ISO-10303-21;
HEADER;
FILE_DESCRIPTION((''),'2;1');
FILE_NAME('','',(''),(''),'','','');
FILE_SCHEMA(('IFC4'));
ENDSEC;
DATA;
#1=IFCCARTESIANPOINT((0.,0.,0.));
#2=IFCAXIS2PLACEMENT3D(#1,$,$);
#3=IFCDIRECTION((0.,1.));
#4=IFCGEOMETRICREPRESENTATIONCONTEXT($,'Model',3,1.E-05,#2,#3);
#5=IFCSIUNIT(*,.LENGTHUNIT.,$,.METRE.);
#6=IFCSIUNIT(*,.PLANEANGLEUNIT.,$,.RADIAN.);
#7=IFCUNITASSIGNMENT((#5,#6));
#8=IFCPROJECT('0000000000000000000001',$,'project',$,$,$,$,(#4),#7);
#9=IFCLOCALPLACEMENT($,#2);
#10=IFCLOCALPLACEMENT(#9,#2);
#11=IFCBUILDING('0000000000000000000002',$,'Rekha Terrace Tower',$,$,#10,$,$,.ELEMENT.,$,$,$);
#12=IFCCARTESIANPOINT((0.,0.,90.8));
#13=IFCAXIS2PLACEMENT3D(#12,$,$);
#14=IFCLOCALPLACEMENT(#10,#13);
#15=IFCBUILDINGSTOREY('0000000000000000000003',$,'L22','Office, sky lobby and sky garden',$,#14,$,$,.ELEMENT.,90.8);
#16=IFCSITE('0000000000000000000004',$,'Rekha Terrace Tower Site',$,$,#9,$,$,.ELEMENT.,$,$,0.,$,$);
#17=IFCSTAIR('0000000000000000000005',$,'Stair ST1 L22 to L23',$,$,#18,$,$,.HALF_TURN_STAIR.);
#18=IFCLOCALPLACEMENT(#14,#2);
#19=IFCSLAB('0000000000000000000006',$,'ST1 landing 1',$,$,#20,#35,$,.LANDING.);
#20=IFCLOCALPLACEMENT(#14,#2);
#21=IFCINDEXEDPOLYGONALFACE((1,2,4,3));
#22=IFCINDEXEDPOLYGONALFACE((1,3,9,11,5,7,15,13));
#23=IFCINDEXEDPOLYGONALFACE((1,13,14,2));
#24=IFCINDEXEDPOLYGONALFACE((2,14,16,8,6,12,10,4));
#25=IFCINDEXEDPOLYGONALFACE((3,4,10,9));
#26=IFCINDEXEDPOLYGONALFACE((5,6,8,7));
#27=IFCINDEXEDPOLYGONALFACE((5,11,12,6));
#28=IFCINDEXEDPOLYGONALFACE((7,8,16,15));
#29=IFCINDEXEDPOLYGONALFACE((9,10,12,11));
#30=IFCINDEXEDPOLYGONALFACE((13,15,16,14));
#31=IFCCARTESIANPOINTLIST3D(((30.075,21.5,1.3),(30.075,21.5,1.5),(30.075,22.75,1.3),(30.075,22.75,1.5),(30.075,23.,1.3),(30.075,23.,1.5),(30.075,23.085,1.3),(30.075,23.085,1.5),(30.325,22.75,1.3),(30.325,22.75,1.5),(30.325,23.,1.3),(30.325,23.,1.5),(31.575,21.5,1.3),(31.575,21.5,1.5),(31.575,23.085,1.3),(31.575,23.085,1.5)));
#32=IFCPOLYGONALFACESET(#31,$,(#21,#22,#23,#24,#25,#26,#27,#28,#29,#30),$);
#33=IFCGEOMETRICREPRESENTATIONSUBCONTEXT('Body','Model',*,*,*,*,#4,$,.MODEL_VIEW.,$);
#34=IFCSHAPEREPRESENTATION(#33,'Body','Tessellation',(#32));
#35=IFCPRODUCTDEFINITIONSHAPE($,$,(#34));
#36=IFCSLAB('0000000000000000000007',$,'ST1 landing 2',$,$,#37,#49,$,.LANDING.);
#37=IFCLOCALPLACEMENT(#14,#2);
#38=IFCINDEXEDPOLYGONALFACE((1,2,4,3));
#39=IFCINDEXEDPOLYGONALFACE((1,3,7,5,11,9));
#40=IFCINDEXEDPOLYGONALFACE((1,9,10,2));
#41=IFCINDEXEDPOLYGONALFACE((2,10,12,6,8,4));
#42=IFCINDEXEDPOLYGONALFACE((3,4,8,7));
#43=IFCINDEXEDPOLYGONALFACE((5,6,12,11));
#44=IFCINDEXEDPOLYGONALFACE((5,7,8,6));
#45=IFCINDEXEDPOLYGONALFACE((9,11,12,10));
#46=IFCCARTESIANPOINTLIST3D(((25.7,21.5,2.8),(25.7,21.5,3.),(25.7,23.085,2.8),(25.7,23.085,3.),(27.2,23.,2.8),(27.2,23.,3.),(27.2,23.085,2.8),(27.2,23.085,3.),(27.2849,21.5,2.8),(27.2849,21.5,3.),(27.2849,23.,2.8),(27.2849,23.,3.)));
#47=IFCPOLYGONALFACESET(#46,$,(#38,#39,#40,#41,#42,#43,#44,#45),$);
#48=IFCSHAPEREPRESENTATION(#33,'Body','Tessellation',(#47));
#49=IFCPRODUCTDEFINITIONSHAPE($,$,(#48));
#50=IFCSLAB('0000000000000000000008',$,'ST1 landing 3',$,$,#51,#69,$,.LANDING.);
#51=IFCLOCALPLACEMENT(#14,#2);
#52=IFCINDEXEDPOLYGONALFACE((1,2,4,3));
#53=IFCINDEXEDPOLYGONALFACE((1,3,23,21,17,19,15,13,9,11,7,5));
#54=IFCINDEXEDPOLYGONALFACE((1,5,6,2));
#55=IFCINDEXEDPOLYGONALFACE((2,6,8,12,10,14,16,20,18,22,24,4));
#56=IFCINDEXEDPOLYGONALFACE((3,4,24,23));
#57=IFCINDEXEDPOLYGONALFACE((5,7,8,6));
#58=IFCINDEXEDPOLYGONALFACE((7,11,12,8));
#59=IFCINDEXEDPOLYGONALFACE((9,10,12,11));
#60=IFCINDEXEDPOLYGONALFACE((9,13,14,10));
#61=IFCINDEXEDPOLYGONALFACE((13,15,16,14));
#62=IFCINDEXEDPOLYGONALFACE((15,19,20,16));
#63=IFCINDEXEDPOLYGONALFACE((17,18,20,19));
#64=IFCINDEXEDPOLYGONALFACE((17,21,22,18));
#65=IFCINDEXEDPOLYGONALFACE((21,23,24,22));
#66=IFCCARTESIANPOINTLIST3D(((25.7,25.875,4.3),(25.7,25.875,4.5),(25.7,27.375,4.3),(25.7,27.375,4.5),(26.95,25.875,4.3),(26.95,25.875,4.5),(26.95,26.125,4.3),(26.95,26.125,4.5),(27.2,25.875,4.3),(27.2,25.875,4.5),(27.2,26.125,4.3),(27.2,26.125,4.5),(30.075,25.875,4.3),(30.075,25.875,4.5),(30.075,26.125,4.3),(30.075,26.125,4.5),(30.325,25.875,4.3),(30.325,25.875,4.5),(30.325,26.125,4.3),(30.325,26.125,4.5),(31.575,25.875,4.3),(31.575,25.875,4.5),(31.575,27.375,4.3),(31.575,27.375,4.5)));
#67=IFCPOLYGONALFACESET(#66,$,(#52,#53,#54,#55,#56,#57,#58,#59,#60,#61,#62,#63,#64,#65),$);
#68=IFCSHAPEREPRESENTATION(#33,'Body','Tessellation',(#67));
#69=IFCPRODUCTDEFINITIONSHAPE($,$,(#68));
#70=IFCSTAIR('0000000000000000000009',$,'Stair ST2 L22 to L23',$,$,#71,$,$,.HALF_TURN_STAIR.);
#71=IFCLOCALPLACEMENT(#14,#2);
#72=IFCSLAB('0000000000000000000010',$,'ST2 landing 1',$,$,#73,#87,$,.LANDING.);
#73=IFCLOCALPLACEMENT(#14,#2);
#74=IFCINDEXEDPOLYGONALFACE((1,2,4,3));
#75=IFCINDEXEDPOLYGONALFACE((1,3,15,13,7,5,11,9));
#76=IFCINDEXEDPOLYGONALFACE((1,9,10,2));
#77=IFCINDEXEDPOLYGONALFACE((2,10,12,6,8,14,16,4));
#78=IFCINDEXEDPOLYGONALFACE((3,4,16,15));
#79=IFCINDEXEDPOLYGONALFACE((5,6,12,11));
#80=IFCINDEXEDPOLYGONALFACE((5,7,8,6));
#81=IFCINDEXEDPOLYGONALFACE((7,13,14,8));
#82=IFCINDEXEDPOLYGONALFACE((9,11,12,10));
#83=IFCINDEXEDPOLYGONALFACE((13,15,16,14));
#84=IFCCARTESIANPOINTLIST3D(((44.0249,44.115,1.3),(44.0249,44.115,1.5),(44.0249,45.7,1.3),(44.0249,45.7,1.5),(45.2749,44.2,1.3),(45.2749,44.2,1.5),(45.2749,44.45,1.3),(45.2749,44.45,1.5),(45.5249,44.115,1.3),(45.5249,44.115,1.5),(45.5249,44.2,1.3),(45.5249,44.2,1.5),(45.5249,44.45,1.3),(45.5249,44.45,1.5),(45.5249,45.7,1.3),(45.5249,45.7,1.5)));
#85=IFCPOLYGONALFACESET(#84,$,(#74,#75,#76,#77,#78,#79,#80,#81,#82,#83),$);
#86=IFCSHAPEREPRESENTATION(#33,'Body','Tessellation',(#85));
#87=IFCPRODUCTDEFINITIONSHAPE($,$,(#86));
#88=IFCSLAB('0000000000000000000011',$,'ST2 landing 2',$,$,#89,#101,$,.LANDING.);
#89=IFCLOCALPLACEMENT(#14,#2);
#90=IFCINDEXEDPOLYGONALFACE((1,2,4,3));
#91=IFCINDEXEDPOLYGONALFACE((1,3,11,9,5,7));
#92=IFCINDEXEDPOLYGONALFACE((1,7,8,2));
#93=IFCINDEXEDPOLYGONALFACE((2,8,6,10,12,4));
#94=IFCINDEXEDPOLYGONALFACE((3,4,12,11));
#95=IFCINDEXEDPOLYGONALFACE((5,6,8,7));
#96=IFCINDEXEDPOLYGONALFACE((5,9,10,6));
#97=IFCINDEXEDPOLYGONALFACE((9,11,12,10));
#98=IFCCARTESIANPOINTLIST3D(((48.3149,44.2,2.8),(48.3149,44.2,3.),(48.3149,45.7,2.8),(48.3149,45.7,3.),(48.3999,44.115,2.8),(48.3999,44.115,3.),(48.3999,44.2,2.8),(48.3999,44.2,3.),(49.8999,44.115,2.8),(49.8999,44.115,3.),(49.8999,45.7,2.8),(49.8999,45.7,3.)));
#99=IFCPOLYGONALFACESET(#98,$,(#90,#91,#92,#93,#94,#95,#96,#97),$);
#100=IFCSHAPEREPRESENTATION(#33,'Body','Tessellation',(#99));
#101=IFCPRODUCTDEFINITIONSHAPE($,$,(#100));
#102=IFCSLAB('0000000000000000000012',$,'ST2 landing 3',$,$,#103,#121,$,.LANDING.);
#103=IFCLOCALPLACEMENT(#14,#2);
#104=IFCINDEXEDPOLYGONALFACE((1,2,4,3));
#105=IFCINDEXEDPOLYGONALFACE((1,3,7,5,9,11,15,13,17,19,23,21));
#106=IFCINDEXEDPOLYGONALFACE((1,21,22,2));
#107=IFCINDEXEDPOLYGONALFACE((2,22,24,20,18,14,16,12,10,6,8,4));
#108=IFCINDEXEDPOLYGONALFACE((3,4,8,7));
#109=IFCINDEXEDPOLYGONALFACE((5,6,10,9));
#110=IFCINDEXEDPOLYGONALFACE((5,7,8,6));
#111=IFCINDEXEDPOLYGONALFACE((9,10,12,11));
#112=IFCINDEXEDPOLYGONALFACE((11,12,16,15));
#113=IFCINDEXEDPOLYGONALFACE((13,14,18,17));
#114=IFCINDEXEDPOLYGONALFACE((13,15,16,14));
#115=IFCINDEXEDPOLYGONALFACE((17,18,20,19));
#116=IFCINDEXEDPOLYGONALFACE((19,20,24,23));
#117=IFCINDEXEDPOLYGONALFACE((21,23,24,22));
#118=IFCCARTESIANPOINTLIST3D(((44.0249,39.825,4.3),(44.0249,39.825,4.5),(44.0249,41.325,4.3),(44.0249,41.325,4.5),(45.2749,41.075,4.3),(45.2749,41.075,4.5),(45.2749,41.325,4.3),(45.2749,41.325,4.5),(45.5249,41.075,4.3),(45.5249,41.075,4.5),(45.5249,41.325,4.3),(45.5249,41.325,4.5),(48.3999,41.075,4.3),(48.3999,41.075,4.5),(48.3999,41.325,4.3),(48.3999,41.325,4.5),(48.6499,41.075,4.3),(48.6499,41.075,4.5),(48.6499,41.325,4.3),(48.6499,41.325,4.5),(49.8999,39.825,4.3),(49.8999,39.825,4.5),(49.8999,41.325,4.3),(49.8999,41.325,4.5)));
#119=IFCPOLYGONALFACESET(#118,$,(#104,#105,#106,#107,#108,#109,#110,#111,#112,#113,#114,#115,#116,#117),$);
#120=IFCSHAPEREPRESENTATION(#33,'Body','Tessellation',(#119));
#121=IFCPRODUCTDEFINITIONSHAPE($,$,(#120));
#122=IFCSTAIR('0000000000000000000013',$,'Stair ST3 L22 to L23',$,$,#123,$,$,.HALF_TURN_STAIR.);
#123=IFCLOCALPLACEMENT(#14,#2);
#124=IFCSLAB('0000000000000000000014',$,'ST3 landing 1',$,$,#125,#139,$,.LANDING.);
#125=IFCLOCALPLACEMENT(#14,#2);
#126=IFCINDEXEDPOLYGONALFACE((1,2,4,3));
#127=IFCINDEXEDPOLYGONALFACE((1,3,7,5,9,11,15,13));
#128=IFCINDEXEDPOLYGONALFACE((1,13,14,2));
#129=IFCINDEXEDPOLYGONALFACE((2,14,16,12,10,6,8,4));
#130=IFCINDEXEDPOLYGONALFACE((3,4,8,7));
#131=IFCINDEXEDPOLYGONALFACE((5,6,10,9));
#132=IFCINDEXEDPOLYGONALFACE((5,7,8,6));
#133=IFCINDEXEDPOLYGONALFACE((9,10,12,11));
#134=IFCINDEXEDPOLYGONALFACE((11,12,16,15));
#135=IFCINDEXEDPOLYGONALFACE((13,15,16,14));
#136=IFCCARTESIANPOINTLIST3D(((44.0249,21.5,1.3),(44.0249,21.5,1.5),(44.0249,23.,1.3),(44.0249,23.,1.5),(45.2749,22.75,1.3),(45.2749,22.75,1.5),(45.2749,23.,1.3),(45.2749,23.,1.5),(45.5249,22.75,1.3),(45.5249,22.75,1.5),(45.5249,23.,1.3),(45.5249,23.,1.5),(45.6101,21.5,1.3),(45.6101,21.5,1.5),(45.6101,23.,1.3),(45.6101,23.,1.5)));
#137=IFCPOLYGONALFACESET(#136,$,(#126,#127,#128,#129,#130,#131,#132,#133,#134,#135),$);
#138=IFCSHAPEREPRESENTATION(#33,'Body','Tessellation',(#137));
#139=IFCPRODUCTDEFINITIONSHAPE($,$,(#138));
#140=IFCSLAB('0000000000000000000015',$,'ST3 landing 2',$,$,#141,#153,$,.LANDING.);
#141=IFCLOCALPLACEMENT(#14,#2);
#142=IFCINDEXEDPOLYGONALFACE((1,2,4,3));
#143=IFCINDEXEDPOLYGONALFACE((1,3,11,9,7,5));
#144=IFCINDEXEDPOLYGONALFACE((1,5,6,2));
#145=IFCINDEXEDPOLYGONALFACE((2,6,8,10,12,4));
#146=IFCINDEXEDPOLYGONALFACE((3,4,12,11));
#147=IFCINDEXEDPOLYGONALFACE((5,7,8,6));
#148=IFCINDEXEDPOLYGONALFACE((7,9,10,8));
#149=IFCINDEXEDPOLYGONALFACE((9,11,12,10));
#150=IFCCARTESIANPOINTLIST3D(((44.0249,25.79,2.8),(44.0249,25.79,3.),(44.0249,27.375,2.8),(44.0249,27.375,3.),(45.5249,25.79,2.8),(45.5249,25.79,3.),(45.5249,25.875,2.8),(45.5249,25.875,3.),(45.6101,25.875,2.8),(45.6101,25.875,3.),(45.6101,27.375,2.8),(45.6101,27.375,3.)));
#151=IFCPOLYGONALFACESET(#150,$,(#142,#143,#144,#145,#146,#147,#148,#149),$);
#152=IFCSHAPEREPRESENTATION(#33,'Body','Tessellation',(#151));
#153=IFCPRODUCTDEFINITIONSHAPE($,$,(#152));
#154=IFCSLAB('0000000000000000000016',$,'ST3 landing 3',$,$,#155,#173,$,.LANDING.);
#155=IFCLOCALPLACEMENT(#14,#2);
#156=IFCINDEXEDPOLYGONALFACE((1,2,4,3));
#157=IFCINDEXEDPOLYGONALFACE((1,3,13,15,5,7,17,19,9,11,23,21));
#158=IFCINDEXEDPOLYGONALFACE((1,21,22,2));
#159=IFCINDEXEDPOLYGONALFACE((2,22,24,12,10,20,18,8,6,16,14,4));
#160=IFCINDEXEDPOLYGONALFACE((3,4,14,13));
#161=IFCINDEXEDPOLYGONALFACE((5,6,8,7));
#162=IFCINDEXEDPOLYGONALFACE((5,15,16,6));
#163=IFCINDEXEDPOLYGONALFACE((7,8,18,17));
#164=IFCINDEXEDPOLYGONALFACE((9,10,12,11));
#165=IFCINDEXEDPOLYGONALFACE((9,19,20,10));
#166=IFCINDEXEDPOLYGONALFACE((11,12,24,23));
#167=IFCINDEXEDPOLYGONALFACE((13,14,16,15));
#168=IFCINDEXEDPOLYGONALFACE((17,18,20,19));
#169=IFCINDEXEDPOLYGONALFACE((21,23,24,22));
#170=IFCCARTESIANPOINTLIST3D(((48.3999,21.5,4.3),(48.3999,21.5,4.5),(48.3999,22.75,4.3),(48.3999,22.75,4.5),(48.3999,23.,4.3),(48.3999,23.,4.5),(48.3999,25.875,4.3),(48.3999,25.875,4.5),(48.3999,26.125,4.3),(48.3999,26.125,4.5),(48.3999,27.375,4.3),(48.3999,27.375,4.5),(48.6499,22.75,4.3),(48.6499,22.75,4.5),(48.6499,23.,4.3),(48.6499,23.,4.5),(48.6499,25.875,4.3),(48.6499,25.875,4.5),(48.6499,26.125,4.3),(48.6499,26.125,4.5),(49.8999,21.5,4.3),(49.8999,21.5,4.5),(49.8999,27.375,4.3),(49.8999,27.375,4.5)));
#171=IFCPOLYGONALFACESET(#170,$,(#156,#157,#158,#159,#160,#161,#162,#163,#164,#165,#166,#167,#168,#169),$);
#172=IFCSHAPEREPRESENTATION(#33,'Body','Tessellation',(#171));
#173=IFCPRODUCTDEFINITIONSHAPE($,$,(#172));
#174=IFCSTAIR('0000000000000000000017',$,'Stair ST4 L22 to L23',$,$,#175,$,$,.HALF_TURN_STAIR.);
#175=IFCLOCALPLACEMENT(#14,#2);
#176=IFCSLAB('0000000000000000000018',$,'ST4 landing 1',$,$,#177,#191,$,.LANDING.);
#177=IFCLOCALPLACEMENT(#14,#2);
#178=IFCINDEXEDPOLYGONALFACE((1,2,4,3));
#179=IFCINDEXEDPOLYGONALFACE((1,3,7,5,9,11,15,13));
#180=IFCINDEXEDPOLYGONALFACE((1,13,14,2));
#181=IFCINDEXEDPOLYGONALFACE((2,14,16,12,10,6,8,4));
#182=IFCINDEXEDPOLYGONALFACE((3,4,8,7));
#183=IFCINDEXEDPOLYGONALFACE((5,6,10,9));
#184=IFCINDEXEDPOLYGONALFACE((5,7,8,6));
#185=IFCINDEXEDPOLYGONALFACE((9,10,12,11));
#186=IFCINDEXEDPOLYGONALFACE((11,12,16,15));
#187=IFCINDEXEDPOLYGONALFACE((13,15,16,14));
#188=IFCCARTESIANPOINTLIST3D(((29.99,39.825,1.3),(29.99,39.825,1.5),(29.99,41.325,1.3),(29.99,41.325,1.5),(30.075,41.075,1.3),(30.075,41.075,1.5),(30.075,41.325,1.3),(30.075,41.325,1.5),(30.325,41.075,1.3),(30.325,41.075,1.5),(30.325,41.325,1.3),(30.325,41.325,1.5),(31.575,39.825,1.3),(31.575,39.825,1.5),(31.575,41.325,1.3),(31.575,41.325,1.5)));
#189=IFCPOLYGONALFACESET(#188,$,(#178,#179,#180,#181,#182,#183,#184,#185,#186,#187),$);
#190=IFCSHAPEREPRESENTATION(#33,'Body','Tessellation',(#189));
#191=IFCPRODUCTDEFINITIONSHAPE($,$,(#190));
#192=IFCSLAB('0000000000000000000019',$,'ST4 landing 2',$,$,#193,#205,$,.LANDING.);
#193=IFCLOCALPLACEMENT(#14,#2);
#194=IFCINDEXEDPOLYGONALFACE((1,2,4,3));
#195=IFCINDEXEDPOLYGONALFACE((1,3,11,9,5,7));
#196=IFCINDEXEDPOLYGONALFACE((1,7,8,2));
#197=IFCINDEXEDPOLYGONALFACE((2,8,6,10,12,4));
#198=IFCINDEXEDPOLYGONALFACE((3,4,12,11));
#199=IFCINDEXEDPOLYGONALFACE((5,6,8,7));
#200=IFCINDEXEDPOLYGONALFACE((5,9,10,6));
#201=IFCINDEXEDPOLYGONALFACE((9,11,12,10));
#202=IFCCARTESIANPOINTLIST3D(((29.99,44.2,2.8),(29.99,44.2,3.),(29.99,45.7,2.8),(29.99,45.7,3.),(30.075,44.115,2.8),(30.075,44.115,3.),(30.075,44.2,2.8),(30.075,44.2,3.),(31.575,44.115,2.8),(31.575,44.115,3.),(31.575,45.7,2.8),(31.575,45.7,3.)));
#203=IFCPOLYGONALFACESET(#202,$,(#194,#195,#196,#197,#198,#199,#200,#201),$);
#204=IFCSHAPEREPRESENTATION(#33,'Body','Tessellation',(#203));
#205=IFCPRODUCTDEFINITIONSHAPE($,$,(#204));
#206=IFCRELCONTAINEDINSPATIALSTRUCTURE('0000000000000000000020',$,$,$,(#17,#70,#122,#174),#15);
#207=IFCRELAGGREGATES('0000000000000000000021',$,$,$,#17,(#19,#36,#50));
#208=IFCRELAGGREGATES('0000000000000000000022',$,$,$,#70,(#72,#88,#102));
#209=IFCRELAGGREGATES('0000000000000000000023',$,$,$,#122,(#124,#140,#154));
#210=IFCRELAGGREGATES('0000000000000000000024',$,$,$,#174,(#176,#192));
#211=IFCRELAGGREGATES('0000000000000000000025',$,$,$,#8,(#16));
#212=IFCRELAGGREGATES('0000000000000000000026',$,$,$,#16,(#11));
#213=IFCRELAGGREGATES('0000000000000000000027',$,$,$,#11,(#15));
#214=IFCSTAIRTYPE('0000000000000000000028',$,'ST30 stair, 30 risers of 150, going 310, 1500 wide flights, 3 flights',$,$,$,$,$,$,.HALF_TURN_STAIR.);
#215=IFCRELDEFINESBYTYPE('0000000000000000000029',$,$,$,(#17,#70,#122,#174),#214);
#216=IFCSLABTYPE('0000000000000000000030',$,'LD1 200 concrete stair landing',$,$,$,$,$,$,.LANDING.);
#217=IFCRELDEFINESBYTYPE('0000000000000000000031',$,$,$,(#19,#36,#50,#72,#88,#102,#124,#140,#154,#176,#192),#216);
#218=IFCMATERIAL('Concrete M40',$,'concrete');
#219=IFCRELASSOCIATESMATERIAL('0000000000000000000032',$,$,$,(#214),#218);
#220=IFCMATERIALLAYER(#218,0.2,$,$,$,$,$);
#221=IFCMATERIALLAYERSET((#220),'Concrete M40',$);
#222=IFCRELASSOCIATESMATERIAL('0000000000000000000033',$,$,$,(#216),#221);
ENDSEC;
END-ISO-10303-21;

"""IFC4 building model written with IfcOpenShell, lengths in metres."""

from ifc_helpers import new_model, si_unit, direction, frame, origin, place, context, subcontext, project, spatial, polyline, outline, extrude, material, layer, layer_set, type_object, element, aggregate, save


model = new_model("IFC4")

# Units and contexts
model_context = context("Model", 3, precision=1e-05, world=origin(), true_north=direction((0.0, 1.0)))
body_context = subcontext(model_context, "Body", "Model", "MODEL_VIEW")
ifc_project = project(units=[si_unit("LENGTHUNIT", "METRE"), si_unit("PLANEANGLEUNIT", "RADIAN")], contexts=[model_context])

# Site, building, storey
site_placement = place(None, origin())
site = spatial("IfcSite", under=ifc_project, at=site_placement, Name="Rekha Terrace Tower Site", CompositionType="ELEMENT", RefElevation=0.0)
building_placement = place(site_placement, origin())
building = spatial("IfcBuilding", under=site, at=building_placement, Name="Rekha Terrace Tower", CompositionType="ELEMENT")
storey_placement = place(building_placement, frame((0.0, 0.0, 90.8)))
storey = spatial("IfcBuildingStorey", under=building, at=storey_placement, Name="L22", Description="Office, sky lobby and sky garden", CompositionType="ELEMENT", Elevation=90.8)

# Stairs, slabs
ifc_material_1 = material(Name="Concrete M40", Category="concrete")
stair_type = type_object("IfcStairType", Name="ST30 stair, 30 risers of 150, going 310, 1500 wide flights, 3 flights", PredefinedType="HALF_TURN_STAIR", material=ifc_material_1)
stair_1_placement = place(storey_placement, origin())
stair_1 = element("IfcStair", 1, at=stair_1_placement, inside=storey, type_object=stair_type, Name="Stair ST1 L22 to L23", PredefinedType="HALF_TURN_STAIR")
ifc_layer_1 = layer(ifc_material_1, 0.2)
ifc_layer_set_1 = layer_set([ifc_layer_1], Name="Concrete M40")
slab_type_1 = type_object("IfcSlabType", Name="LD1 200 concrete stair landing", PredefinedType="LANDING", material=ifc_layer_set_1)
slab_1_placement = place(storey_placement, frame((0.0, 0.0, 1.3)))
slab_1 = element("IfcSlab", 2, at=slab_1_placement, type_object=slab_type_1, Name="ST1 landing 1", PredefinedType="LANDING", context=body_context, shape_type="SweptSolid", body=[
    extrude(outline(polyline([(30.075, 21.5), (31.575, 21.5), (31.575, 23.085), (30.075, 23.085), (30.075, 23.0), (30.325, 23.0), (30.325, 22.75), (30.075, 22.75), (30.075, 21.5)])), origin(), (0.0, 0.0, 1.0), 0.2),
])
slab_2_placement = place(storey_placement, frame((0.0, 0.0, 2.8)))
slab_2 = element("IfcSlab", 3, at=slab_2_placement, type_object=slab_type_1, Name="ST1 landing 2", PredefinedType="LANDING", context=body_context, shape_type="SweptSolid", body=[
    extrude(outline(polyline([(27.2, 23.085), (25.7, 23.085), (25.7, 21.5), (27.2849, 21.5), (27.2849, 23.0), (27.2, 23.0), (27.2, 23.085)])), origin(), (0.0, 0.0, 1.0), 0.2),
])
slab_3_placement = place(storey_placement, frame((0.0, 0.0, 4.3)))
slab_3 = element("IfcSlab", 4, at=slab_3_placement, type_object=slab_type_1, Name="ST1 landing 3", PredefinedType="LANDING", context=body_context, shape_type="SweptSolid", body=[
    extrude(outline(polyline([(31.575, 25.875), (31.575, 27.375), (25.7, 27.375), (25.7, 25.875), (26.95, 25.875), (26.95, 26.125), (27.2, 26.125), (27.2, 25.875), (30.075, 25.875), (30.075, 26.125), (30.325, 26.125), (30.325, 25.875), (31.575, 25.875)])), origin(), (0.0, 0.0, 1.0), 0.2),
])
aggregate(stair_1, [slab_1, slab_2, slab_3])
stair_2_placement = place(storey_placement, origin())
stair_2 = element("IfcStair", 5, at=stair_2_placement, inside=storey, type_object=stair_type, Name="Stair ST2 L22 to L23", PredefinedType="HALF_TURN_STAIR")
slab_4_placement = place(storey_placement, frame((0.0, 0.0, 1.3)))
slab_4 = element("IfcSlab", 6, at=slab_4_placement, type_object=slab_type_1, Name="ST2 landing 1", PredefinedType="LANDING", context=body_context, shape_type="SweptSolid", body=[
    extrude(outline(polyline([(45.5249, 45.7), (44.0249, 45.7), (44.0249, 44.115), (45.5249, 44.115), (45.5249, 44.2), (45.2749, 44.2), (45.2749, 44.45), (45.5249, 44.45), (45.5249, 45.7)])), origin(), (0.0, 0.0, 1.0), 0.2),
])
slab_5_placement = place(storey_placement, frame((0.0, 0.0, 2.8)))
slab_5 = element("IfcSlab", 7, at=slab_5_placement, type_object=slab_type_1, Name="ST2 landing 2", PredefinedType="LANDING", context=body_context, shape_type="SweptSolid", body=[
    extrude(outline(polyline([(48.3999, 44.115), (49.8999, 44.115), (49.8999, 45.7), (48.3149, 45.7), (48.3149, 44.2), (48.3999, 44.2), (48.3999, 44.115)])), origin(), (0.0, 0.0, 1.0), 0.2),
])
slab_6_placement = place(storey_placement, frame((0.0, 0.0, 4.3)))
slab_6 = element("IfcSlab", 8, at=slab_6_placement, type_object=slab_type_1, Name="ST2 landing 3", PredefinedType="LANDING", context=body_context, shape_type="SweptSolid", body=[
    extrude(outline(polyline([(44.0249, 41.325), (44.0249, 39.825), (49.8999, 39.825), (49.8999, 41.325), (48.6499, 41.325), (48.6499, 41.075), (48.3999, 41.075), (48.3999, 41.325), (45.5249, 41.325), (45.5249, 41.075), (45.2749, 41.075), (45.2749, 41.325), (44.0249, 41.325)])), origin(), (0.0, 0.0, 1.0), 0.2),
])
aggregate(stair_2, [slab_4, slab_5, slab_6])
stair_3_placement = place(storey_placement, origin())
stair_3 = element("IfcStair", 9, at=stair_3_placement, inside=storey, type_object=stair_type, Name="Stair ST3 L22 to L23", PredefinedType="HALF_TURN_STAIR")
slab_7_placement = place(storey_placement, frame((0.0, 0.0, 1.3)))
slab_7 = element("IfcSlab", 10, at=slab_7_placement, type_object=slab_type_1, Name="ST3 landing 1", PredefinedType="LANDING", context=body_context, shape_type="SweptSolid", body=[
    extrude(outline(polyline([(44.0249, 23.0), (44.0249, 21.5), (45.6101, 21.5), (45.6101, 23.0), (45.5249, 23.0), (45.5249, 22.75), (45.2749, 22.75), (45.2749, 23.0), (44.0249, 23.0)])), origin(), (0.0, 0.0, 1.0), 0.2),
])
slab_8_placement = place(storey_placement, frame((0.0, 0.0, 2.8)))
slab_8 = element("IfcSlab", 11, at=slab_8_placement, type_object=slab_type_1, Name="ST3 landing 2", PredefinedType="LANDING", context=body_context, shape_type="SweptSolid", body=[
    extrude(outline(polyline([(45.6101, 25.875), (45.6101, 27.375), (44.0249, 27.375), (44.0249, 25.79), (45.5249, 25.79), (45.5249, 25.875), (45.6101, 25.875)])), origin(), (0.0, 0.0, 1.0), 0.2),
])
slab_9_placement = place(storey_placement, frame((0.0, 0.0, 4.3)))
slab_9 = element("IfcSlab", 12, at=slab_9_placement, type_object=slab_type_1, Name="ST3 landing 3", PredefinedType="LANDING", context=body_context, shape_type="SweptSolid", body=[
    extrude(outline(polyline([(48.3999, 21.5), (49.8999, 21.5), (49.8999, 27.375), (48.3999, 27.375), (48.3999, 26.125), (48.6499, 26.125), (48.6499, 25.875), (48.3999, 25.875), (48.3999, 23.0), (48.6499, 23.0), (48.6499, 22.75), (48.3999, 22.75), (48.3999, 21.5)])), origin(), (0.0, 0.0, 1.0), 0.2),
])
aggregate(stair_3, [slab_7, slab_8, slab_9])
stair_4_placement = place(storey_placement, origin())
stair_4 = element("IfcStair", 13, at=stair_4_placement, inside=storey, type_object=stair_type, Name="Stair ST4 L22 to L23", PredefinedType="HALF_TURN_STAIR")
slab_10_placement = place(storey_placement, frame((0.0, 0.0, 1.3)))
slab_10 = element("IfcSlab", 14, at=slab_10_placement, type_object=slab_type_1, Name="ST4 landing 1", PredefinedType="LANDING", context=body_context, shape_type="SweptSolid", body=[
    extrude(outline(polyline([(31.575, 41.325), (31.575, 39.825), (29.99, 39.825), (29.99, 41.325), (30.075, 41.325), (30.075, 41.075), (30.325, 41.075), (30.325, 41.325), (31.575, 41.325)])), origin(), (0.0, 0.0, 1.0), 0.2),
])
slab_11_placement = place(storey_placement, frame((0.0, 0.0, 2.8)))
slab_11 = element("IfcSlab", 15, at=slab_11_placement, type_object=slab_type_1, Name="ST4 landing 2", PredefinedType="LANDING", context=body_context, shape_type="SweptSolid", body=[
    extrude(outline(polyline([(29.99, 44.2), (29.99, 45.7), (31.575, 45.7), (31.575, 44.115), (30.075, 44.115), (30.075, 44.2), (29.99, 44.2)])), origin(), (0.0, 0.0, 1.0), 0.2),
])
aggregate(stair_4, [slab_10, slab_11])

save(model, "model.ifc")
